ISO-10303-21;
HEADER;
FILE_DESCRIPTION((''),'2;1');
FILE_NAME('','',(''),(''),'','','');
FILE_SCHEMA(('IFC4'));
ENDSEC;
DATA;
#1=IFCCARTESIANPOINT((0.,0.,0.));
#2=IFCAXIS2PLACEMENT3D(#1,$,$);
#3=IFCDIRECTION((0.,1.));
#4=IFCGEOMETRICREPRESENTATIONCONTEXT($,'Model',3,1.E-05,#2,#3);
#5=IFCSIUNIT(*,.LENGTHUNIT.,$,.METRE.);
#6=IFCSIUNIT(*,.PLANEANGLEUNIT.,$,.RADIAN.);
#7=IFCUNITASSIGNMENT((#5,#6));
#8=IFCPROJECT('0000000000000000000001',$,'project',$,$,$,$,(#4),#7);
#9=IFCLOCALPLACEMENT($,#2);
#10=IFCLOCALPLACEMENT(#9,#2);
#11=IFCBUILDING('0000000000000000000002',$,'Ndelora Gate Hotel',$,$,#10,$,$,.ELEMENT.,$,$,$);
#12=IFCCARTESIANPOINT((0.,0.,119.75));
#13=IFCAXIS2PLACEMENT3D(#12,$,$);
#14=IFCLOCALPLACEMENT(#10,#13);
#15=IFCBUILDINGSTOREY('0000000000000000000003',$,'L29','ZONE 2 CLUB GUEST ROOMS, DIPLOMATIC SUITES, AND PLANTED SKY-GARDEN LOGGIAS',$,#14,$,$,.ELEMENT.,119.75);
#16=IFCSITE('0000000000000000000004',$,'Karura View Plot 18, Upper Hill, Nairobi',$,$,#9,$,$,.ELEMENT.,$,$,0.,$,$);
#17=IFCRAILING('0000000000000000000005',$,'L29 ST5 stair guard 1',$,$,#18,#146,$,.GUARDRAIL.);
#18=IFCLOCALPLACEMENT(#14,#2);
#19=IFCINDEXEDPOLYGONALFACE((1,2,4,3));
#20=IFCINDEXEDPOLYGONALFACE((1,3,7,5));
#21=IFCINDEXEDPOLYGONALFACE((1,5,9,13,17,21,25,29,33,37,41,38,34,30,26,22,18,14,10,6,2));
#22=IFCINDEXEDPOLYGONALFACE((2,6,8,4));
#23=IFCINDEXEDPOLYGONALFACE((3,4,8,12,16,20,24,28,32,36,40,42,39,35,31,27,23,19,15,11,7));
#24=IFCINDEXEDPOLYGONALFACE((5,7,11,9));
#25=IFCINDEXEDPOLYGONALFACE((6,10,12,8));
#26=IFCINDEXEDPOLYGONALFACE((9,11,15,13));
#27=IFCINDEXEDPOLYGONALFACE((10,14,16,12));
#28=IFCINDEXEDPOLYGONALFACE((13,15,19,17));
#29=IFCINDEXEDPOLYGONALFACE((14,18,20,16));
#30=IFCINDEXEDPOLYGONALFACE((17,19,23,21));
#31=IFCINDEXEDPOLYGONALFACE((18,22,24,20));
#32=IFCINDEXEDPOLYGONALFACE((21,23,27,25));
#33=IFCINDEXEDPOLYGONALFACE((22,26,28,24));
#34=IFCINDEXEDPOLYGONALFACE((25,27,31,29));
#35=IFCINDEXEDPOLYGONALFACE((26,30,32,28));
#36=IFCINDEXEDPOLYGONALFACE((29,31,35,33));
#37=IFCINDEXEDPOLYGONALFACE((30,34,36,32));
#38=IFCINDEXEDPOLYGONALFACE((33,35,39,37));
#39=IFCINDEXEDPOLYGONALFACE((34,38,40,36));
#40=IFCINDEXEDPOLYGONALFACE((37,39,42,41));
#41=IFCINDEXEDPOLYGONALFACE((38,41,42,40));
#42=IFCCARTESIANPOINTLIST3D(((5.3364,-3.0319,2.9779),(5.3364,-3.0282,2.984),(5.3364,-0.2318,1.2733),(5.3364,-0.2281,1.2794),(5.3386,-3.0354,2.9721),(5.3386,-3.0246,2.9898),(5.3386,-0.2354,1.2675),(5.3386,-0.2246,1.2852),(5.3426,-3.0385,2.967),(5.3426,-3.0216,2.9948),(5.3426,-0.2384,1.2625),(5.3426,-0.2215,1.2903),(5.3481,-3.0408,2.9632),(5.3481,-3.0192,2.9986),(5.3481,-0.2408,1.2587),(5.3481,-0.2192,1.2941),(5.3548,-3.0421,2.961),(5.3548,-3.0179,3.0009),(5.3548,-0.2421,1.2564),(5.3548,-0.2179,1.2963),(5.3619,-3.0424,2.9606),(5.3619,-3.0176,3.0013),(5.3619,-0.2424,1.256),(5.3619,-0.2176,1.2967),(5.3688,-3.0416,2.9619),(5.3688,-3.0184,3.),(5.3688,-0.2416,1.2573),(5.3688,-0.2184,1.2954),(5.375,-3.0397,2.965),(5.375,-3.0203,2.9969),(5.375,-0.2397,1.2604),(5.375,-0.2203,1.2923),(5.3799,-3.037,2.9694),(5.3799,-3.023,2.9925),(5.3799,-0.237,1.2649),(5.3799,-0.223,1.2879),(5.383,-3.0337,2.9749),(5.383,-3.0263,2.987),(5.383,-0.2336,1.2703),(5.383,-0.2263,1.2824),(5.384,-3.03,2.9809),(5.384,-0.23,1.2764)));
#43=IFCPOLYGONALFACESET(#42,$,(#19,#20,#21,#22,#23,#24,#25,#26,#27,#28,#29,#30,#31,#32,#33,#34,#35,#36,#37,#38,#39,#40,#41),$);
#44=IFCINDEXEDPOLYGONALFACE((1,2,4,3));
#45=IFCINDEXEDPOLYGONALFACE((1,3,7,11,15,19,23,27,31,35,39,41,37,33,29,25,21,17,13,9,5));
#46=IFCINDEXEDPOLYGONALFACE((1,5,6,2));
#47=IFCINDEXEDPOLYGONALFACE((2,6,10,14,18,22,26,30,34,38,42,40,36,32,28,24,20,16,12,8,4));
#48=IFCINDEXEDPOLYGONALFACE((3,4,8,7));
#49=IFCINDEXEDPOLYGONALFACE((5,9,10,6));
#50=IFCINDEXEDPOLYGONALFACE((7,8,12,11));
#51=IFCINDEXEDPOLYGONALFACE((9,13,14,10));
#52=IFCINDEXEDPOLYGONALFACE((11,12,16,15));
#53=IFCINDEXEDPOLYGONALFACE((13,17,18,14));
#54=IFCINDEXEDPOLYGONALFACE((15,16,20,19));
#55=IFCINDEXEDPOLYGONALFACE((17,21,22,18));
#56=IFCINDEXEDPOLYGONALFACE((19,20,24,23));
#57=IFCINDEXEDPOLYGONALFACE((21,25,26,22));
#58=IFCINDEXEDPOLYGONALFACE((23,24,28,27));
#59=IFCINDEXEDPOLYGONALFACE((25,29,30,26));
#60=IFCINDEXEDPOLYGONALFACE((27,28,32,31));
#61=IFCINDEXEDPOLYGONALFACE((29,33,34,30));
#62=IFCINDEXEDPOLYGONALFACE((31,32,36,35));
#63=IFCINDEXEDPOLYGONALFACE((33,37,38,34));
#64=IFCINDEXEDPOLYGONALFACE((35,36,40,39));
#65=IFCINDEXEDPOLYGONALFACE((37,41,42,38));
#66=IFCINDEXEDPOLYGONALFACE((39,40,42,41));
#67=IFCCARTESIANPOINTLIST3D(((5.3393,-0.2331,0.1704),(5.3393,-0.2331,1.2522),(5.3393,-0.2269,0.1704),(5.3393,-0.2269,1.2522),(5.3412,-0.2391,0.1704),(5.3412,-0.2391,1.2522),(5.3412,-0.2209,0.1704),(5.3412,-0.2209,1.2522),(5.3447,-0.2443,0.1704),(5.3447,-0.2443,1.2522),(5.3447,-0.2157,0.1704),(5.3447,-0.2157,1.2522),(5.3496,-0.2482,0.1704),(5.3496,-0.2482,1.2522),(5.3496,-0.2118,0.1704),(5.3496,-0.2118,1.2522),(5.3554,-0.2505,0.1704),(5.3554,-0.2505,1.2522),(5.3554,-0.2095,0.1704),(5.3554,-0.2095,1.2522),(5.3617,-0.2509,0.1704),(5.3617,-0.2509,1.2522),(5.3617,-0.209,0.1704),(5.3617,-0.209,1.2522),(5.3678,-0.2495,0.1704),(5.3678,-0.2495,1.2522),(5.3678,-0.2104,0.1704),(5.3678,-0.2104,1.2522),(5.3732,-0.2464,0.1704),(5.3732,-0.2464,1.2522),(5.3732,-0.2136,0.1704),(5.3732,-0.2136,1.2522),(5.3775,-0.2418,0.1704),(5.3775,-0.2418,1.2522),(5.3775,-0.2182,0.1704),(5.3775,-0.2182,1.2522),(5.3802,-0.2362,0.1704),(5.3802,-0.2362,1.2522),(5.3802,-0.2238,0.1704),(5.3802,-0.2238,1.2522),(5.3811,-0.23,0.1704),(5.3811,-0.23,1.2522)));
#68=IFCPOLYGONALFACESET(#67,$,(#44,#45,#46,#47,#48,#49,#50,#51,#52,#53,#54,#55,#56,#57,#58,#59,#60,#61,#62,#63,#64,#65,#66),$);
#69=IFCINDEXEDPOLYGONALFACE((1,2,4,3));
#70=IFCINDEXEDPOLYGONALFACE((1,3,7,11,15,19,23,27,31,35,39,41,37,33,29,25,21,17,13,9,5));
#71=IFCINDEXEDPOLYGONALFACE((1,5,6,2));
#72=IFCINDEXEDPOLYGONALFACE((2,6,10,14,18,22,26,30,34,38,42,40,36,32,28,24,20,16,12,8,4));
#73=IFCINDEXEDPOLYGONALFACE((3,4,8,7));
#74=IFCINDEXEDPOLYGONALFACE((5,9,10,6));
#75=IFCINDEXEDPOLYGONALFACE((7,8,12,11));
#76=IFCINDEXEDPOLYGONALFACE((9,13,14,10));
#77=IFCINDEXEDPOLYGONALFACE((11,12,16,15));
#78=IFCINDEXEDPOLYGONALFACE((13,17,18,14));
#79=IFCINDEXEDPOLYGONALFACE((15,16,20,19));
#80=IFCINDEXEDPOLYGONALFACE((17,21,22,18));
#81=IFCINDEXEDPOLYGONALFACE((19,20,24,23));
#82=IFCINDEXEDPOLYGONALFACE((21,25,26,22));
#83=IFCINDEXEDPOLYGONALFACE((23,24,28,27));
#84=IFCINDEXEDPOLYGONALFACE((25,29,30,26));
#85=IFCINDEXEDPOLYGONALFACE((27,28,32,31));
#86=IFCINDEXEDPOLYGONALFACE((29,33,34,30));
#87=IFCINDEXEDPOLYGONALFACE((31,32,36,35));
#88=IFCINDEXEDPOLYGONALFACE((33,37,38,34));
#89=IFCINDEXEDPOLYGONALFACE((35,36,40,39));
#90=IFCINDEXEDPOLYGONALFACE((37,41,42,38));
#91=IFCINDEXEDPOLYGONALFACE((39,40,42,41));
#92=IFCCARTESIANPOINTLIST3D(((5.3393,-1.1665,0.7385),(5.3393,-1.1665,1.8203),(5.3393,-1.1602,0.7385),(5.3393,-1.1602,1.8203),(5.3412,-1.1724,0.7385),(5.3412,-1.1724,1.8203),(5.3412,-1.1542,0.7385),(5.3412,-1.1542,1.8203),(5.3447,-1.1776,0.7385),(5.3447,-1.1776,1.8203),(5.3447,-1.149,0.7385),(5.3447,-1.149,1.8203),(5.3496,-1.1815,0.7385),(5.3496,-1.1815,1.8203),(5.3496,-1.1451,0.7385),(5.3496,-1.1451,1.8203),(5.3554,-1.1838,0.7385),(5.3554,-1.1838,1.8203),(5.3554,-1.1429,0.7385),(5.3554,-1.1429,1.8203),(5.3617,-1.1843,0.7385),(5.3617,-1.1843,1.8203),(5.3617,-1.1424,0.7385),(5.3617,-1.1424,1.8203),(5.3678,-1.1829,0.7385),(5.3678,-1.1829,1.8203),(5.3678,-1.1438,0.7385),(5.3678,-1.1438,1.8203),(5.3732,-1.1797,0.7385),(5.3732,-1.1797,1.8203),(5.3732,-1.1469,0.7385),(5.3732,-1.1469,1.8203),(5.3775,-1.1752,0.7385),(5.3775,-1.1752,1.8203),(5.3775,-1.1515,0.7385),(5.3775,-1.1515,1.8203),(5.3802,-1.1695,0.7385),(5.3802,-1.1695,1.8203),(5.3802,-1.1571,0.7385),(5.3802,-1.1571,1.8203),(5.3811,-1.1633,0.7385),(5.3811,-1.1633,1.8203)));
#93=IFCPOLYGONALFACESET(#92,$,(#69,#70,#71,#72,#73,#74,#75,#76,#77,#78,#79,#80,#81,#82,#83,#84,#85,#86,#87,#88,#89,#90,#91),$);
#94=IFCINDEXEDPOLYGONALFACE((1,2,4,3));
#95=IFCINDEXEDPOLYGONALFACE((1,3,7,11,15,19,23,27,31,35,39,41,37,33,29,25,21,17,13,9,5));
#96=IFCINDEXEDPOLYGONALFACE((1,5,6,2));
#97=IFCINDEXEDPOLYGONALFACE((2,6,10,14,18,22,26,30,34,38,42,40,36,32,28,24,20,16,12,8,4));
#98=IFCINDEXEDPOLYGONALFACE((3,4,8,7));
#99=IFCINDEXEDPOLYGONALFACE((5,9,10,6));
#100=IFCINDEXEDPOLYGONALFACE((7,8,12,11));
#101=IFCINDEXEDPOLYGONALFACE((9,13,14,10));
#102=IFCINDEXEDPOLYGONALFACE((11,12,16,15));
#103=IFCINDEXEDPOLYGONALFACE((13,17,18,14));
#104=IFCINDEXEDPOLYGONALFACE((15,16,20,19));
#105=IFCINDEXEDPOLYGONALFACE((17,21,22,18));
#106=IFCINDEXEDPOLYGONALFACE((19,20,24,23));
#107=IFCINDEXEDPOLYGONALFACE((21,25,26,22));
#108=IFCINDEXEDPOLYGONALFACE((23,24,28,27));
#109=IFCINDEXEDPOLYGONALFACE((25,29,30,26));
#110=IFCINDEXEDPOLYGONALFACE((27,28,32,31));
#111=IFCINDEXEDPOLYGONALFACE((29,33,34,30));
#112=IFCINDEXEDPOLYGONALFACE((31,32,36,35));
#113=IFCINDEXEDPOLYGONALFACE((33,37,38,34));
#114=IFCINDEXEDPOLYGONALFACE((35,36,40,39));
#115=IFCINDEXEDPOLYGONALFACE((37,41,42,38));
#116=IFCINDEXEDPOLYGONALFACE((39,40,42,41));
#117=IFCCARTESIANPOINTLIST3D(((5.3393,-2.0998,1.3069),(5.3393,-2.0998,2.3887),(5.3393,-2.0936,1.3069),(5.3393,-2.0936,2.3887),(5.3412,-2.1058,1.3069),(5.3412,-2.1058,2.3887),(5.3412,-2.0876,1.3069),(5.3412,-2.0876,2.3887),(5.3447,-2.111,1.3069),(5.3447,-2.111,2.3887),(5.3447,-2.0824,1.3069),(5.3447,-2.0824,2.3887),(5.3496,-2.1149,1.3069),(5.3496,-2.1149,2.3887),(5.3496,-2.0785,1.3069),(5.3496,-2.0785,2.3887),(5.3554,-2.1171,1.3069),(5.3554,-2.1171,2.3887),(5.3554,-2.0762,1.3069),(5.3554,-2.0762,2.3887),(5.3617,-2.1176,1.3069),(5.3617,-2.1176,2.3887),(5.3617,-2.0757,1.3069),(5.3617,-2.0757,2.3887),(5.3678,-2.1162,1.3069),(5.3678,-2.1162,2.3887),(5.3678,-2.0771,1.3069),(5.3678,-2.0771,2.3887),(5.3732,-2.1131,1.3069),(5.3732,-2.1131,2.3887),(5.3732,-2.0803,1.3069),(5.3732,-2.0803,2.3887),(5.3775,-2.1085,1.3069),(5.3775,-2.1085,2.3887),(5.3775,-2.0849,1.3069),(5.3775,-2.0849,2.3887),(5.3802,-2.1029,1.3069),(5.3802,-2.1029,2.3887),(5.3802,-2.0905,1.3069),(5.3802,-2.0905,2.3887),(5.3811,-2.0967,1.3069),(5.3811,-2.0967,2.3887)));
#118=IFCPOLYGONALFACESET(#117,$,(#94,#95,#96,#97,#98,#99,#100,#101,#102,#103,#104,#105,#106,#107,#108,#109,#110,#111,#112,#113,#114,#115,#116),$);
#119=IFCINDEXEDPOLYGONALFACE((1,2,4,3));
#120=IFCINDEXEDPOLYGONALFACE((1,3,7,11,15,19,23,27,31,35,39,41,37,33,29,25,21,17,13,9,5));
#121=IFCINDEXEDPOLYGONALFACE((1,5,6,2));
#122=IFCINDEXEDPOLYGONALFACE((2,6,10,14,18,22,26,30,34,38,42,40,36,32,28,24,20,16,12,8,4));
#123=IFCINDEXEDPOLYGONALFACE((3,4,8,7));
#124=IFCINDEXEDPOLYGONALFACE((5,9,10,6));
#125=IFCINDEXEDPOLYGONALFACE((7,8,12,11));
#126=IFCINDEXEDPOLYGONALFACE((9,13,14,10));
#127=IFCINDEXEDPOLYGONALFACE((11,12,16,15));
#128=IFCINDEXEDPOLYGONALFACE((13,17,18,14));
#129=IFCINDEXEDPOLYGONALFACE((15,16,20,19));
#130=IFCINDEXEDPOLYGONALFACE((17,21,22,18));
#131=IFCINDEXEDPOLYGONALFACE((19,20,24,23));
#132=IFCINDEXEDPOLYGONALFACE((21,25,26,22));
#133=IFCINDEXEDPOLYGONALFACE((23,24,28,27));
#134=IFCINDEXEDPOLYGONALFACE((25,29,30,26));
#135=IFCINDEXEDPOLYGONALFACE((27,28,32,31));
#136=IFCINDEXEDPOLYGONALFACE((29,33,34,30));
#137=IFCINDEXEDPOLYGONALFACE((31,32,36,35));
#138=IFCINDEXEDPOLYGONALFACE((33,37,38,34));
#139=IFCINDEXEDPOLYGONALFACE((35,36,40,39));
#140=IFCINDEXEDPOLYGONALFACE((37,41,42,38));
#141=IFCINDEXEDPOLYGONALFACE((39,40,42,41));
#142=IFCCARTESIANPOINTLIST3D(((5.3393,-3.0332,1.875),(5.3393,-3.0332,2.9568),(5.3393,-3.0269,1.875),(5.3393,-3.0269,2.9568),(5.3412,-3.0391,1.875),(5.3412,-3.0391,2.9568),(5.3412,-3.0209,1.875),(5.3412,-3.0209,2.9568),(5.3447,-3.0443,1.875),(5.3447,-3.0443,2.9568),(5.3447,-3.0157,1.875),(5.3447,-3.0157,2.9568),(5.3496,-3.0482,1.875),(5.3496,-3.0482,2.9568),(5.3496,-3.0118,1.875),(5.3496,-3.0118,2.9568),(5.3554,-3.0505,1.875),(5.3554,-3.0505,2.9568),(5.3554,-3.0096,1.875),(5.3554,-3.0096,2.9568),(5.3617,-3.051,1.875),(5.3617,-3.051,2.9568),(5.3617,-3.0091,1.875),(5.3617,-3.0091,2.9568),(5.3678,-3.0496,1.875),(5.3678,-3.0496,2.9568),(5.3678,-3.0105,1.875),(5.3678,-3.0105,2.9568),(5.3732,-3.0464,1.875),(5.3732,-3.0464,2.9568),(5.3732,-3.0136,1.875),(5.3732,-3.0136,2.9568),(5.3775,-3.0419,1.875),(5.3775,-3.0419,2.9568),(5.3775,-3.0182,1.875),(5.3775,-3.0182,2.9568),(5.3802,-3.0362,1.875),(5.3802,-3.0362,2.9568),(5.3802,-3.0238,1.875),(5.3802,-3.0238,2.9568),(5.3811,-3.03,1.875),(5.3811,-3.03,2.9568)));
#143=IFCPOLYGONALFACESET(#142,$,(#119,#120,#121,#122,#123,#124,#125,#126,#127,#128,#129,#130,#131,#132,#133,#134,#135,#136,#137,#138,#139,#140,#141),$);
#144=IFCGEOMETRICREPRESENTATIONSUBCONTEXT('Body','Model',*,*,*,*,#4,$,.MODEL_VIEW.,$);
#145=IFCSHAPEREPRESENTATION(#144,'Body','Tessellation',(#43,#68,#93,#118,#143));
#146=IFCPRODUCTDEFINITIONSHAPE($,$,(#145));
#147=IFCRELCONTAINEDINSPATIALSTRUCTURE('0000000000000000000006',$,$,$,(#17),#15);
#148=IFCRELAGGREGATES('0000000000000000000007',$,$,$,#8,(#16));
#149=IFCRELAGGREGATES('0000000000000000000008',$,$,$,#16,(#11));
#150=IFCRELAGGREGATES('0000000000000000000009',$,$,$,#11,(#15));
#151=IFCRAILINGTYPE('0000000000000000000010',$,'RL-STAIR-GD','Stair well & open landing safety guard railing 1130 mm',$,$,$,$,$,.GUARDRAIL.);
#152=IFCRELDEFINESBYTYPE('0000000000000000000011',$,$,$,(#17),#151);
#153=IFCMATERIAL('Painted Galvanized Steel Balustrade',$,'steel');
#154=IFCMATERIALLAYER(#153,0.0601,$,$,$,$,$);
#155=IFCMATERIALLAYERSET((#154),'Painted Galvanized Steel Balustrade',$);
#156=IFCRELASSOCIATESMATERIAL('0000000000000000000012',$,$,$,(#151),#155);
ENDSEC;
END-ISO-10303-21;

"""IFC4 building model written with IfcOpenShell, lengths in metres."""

from ifc_helpers import new_model, si_unit, direction, frame, origin, origin_2d, place, context, subcontext, project, spatial, circle, extrude, material, layer, layer_set, type_object, element, save


model = new_model("IFC4")

# Units and contexts
model_context = context("Model", 3, precision=1e-05, world=origin(), true_north=direction((0.0, 1.0)))
body_context = subcontext(model_context, "Body", "Model", "MODEL_VIEW")
ifc_project = project(units=[si_unit("LENGTHUNIT", "METRE"), si_unit("PLANEANGLEUNIT", "RADIAN")], contexts=[model_context])

# Site, building, storey
site_placement = place(None, origin())
site = spatial("IfcSite", under=ifc_project, at=site_placement, Name="Karura View Plot 18, Upper Hill, Nairobi", CompositionType="ELEMENT", RefElevation=0.0)
building_placement = place(site_placement, origin())
building = spatial("IfcBuilding", under=site, at=building_placement, Name="Ndelora Gate Hotel", CompositionType="ELEMENT")
storey_placement = place(building_placement, frame((0.0, 0.0, 119.75)))
storey = spatial("IfcBuildingStorey", under=building, at=storey_placement, Name="L29", Description="ZONE 2 CLUB GUEST ROOMS, DIPLOMATIC SUITES, AND PLANTED SKY-GARDEN LOGGIAS", CompositionType="ELEMENT", Elevation=119.75)

# Railing
ifc_material_1 = material(Name="Painted Galvanized Steel Balustrade", Category="steel")
ifc_layer_1 = layer(ifc_material_1, 0.0601)
ifc_layer_set_1 = layer_set([ifc_layer_1], Name="Painted Galvanized Steel Balustrade")
railing_type_1 = type_object("IfcRailingType", Name="RL-STAIR-GD", Description="Stair well & open landing safety guard railing 1130 mm", PredefinedType="GUARDRAIL", material=ifc_layer_set_1)
railing_1_placement = place(storey_placement, frame((5.3601, -0.23, 0.1704)))
element("IfcRailing", 1, at=railing_1_placement, inside=storey, type_object=railing_type_1, Name="L29 ST5 stair guard 1", PredefinedType="GUARDRAIL", context=body_context, shape_type="SweptSolid", body=[
    extrude(circle(Radius=0.0239, at=origin_2d()), frame((0.0, 0.0, 1.106), z_axis=(0.0, -0.85417, 0.519994), x_axis=(1.0, 0.0, 0.0)), (0.0, 0.0, 1.0), 3.2781),
    extrude(circle(Radius=0.021, at=origin_2d()), origin(), (0.0, 0.0, 1.0), 1.0818),
    extrude(circle(Radius=0.021, at=origin_2d()), frame((0.0, -0.9333, 0.5681)), (0.0, 0.0, 1.0), 1.0818),
    extrude(circle(Radius=0.021, at=origin_2d()), frame((0.0, -1.8667, 1.1365)), (0.0, 0.0, 1.0), 1.0818),
    extrude(circle(Radius=0.021, at=origin_2d()), frame((0.0, -2.8, 1.7046)), (0.0, 0.0, 1.0), 1.0818),
])

save(model, "model.ifc")
